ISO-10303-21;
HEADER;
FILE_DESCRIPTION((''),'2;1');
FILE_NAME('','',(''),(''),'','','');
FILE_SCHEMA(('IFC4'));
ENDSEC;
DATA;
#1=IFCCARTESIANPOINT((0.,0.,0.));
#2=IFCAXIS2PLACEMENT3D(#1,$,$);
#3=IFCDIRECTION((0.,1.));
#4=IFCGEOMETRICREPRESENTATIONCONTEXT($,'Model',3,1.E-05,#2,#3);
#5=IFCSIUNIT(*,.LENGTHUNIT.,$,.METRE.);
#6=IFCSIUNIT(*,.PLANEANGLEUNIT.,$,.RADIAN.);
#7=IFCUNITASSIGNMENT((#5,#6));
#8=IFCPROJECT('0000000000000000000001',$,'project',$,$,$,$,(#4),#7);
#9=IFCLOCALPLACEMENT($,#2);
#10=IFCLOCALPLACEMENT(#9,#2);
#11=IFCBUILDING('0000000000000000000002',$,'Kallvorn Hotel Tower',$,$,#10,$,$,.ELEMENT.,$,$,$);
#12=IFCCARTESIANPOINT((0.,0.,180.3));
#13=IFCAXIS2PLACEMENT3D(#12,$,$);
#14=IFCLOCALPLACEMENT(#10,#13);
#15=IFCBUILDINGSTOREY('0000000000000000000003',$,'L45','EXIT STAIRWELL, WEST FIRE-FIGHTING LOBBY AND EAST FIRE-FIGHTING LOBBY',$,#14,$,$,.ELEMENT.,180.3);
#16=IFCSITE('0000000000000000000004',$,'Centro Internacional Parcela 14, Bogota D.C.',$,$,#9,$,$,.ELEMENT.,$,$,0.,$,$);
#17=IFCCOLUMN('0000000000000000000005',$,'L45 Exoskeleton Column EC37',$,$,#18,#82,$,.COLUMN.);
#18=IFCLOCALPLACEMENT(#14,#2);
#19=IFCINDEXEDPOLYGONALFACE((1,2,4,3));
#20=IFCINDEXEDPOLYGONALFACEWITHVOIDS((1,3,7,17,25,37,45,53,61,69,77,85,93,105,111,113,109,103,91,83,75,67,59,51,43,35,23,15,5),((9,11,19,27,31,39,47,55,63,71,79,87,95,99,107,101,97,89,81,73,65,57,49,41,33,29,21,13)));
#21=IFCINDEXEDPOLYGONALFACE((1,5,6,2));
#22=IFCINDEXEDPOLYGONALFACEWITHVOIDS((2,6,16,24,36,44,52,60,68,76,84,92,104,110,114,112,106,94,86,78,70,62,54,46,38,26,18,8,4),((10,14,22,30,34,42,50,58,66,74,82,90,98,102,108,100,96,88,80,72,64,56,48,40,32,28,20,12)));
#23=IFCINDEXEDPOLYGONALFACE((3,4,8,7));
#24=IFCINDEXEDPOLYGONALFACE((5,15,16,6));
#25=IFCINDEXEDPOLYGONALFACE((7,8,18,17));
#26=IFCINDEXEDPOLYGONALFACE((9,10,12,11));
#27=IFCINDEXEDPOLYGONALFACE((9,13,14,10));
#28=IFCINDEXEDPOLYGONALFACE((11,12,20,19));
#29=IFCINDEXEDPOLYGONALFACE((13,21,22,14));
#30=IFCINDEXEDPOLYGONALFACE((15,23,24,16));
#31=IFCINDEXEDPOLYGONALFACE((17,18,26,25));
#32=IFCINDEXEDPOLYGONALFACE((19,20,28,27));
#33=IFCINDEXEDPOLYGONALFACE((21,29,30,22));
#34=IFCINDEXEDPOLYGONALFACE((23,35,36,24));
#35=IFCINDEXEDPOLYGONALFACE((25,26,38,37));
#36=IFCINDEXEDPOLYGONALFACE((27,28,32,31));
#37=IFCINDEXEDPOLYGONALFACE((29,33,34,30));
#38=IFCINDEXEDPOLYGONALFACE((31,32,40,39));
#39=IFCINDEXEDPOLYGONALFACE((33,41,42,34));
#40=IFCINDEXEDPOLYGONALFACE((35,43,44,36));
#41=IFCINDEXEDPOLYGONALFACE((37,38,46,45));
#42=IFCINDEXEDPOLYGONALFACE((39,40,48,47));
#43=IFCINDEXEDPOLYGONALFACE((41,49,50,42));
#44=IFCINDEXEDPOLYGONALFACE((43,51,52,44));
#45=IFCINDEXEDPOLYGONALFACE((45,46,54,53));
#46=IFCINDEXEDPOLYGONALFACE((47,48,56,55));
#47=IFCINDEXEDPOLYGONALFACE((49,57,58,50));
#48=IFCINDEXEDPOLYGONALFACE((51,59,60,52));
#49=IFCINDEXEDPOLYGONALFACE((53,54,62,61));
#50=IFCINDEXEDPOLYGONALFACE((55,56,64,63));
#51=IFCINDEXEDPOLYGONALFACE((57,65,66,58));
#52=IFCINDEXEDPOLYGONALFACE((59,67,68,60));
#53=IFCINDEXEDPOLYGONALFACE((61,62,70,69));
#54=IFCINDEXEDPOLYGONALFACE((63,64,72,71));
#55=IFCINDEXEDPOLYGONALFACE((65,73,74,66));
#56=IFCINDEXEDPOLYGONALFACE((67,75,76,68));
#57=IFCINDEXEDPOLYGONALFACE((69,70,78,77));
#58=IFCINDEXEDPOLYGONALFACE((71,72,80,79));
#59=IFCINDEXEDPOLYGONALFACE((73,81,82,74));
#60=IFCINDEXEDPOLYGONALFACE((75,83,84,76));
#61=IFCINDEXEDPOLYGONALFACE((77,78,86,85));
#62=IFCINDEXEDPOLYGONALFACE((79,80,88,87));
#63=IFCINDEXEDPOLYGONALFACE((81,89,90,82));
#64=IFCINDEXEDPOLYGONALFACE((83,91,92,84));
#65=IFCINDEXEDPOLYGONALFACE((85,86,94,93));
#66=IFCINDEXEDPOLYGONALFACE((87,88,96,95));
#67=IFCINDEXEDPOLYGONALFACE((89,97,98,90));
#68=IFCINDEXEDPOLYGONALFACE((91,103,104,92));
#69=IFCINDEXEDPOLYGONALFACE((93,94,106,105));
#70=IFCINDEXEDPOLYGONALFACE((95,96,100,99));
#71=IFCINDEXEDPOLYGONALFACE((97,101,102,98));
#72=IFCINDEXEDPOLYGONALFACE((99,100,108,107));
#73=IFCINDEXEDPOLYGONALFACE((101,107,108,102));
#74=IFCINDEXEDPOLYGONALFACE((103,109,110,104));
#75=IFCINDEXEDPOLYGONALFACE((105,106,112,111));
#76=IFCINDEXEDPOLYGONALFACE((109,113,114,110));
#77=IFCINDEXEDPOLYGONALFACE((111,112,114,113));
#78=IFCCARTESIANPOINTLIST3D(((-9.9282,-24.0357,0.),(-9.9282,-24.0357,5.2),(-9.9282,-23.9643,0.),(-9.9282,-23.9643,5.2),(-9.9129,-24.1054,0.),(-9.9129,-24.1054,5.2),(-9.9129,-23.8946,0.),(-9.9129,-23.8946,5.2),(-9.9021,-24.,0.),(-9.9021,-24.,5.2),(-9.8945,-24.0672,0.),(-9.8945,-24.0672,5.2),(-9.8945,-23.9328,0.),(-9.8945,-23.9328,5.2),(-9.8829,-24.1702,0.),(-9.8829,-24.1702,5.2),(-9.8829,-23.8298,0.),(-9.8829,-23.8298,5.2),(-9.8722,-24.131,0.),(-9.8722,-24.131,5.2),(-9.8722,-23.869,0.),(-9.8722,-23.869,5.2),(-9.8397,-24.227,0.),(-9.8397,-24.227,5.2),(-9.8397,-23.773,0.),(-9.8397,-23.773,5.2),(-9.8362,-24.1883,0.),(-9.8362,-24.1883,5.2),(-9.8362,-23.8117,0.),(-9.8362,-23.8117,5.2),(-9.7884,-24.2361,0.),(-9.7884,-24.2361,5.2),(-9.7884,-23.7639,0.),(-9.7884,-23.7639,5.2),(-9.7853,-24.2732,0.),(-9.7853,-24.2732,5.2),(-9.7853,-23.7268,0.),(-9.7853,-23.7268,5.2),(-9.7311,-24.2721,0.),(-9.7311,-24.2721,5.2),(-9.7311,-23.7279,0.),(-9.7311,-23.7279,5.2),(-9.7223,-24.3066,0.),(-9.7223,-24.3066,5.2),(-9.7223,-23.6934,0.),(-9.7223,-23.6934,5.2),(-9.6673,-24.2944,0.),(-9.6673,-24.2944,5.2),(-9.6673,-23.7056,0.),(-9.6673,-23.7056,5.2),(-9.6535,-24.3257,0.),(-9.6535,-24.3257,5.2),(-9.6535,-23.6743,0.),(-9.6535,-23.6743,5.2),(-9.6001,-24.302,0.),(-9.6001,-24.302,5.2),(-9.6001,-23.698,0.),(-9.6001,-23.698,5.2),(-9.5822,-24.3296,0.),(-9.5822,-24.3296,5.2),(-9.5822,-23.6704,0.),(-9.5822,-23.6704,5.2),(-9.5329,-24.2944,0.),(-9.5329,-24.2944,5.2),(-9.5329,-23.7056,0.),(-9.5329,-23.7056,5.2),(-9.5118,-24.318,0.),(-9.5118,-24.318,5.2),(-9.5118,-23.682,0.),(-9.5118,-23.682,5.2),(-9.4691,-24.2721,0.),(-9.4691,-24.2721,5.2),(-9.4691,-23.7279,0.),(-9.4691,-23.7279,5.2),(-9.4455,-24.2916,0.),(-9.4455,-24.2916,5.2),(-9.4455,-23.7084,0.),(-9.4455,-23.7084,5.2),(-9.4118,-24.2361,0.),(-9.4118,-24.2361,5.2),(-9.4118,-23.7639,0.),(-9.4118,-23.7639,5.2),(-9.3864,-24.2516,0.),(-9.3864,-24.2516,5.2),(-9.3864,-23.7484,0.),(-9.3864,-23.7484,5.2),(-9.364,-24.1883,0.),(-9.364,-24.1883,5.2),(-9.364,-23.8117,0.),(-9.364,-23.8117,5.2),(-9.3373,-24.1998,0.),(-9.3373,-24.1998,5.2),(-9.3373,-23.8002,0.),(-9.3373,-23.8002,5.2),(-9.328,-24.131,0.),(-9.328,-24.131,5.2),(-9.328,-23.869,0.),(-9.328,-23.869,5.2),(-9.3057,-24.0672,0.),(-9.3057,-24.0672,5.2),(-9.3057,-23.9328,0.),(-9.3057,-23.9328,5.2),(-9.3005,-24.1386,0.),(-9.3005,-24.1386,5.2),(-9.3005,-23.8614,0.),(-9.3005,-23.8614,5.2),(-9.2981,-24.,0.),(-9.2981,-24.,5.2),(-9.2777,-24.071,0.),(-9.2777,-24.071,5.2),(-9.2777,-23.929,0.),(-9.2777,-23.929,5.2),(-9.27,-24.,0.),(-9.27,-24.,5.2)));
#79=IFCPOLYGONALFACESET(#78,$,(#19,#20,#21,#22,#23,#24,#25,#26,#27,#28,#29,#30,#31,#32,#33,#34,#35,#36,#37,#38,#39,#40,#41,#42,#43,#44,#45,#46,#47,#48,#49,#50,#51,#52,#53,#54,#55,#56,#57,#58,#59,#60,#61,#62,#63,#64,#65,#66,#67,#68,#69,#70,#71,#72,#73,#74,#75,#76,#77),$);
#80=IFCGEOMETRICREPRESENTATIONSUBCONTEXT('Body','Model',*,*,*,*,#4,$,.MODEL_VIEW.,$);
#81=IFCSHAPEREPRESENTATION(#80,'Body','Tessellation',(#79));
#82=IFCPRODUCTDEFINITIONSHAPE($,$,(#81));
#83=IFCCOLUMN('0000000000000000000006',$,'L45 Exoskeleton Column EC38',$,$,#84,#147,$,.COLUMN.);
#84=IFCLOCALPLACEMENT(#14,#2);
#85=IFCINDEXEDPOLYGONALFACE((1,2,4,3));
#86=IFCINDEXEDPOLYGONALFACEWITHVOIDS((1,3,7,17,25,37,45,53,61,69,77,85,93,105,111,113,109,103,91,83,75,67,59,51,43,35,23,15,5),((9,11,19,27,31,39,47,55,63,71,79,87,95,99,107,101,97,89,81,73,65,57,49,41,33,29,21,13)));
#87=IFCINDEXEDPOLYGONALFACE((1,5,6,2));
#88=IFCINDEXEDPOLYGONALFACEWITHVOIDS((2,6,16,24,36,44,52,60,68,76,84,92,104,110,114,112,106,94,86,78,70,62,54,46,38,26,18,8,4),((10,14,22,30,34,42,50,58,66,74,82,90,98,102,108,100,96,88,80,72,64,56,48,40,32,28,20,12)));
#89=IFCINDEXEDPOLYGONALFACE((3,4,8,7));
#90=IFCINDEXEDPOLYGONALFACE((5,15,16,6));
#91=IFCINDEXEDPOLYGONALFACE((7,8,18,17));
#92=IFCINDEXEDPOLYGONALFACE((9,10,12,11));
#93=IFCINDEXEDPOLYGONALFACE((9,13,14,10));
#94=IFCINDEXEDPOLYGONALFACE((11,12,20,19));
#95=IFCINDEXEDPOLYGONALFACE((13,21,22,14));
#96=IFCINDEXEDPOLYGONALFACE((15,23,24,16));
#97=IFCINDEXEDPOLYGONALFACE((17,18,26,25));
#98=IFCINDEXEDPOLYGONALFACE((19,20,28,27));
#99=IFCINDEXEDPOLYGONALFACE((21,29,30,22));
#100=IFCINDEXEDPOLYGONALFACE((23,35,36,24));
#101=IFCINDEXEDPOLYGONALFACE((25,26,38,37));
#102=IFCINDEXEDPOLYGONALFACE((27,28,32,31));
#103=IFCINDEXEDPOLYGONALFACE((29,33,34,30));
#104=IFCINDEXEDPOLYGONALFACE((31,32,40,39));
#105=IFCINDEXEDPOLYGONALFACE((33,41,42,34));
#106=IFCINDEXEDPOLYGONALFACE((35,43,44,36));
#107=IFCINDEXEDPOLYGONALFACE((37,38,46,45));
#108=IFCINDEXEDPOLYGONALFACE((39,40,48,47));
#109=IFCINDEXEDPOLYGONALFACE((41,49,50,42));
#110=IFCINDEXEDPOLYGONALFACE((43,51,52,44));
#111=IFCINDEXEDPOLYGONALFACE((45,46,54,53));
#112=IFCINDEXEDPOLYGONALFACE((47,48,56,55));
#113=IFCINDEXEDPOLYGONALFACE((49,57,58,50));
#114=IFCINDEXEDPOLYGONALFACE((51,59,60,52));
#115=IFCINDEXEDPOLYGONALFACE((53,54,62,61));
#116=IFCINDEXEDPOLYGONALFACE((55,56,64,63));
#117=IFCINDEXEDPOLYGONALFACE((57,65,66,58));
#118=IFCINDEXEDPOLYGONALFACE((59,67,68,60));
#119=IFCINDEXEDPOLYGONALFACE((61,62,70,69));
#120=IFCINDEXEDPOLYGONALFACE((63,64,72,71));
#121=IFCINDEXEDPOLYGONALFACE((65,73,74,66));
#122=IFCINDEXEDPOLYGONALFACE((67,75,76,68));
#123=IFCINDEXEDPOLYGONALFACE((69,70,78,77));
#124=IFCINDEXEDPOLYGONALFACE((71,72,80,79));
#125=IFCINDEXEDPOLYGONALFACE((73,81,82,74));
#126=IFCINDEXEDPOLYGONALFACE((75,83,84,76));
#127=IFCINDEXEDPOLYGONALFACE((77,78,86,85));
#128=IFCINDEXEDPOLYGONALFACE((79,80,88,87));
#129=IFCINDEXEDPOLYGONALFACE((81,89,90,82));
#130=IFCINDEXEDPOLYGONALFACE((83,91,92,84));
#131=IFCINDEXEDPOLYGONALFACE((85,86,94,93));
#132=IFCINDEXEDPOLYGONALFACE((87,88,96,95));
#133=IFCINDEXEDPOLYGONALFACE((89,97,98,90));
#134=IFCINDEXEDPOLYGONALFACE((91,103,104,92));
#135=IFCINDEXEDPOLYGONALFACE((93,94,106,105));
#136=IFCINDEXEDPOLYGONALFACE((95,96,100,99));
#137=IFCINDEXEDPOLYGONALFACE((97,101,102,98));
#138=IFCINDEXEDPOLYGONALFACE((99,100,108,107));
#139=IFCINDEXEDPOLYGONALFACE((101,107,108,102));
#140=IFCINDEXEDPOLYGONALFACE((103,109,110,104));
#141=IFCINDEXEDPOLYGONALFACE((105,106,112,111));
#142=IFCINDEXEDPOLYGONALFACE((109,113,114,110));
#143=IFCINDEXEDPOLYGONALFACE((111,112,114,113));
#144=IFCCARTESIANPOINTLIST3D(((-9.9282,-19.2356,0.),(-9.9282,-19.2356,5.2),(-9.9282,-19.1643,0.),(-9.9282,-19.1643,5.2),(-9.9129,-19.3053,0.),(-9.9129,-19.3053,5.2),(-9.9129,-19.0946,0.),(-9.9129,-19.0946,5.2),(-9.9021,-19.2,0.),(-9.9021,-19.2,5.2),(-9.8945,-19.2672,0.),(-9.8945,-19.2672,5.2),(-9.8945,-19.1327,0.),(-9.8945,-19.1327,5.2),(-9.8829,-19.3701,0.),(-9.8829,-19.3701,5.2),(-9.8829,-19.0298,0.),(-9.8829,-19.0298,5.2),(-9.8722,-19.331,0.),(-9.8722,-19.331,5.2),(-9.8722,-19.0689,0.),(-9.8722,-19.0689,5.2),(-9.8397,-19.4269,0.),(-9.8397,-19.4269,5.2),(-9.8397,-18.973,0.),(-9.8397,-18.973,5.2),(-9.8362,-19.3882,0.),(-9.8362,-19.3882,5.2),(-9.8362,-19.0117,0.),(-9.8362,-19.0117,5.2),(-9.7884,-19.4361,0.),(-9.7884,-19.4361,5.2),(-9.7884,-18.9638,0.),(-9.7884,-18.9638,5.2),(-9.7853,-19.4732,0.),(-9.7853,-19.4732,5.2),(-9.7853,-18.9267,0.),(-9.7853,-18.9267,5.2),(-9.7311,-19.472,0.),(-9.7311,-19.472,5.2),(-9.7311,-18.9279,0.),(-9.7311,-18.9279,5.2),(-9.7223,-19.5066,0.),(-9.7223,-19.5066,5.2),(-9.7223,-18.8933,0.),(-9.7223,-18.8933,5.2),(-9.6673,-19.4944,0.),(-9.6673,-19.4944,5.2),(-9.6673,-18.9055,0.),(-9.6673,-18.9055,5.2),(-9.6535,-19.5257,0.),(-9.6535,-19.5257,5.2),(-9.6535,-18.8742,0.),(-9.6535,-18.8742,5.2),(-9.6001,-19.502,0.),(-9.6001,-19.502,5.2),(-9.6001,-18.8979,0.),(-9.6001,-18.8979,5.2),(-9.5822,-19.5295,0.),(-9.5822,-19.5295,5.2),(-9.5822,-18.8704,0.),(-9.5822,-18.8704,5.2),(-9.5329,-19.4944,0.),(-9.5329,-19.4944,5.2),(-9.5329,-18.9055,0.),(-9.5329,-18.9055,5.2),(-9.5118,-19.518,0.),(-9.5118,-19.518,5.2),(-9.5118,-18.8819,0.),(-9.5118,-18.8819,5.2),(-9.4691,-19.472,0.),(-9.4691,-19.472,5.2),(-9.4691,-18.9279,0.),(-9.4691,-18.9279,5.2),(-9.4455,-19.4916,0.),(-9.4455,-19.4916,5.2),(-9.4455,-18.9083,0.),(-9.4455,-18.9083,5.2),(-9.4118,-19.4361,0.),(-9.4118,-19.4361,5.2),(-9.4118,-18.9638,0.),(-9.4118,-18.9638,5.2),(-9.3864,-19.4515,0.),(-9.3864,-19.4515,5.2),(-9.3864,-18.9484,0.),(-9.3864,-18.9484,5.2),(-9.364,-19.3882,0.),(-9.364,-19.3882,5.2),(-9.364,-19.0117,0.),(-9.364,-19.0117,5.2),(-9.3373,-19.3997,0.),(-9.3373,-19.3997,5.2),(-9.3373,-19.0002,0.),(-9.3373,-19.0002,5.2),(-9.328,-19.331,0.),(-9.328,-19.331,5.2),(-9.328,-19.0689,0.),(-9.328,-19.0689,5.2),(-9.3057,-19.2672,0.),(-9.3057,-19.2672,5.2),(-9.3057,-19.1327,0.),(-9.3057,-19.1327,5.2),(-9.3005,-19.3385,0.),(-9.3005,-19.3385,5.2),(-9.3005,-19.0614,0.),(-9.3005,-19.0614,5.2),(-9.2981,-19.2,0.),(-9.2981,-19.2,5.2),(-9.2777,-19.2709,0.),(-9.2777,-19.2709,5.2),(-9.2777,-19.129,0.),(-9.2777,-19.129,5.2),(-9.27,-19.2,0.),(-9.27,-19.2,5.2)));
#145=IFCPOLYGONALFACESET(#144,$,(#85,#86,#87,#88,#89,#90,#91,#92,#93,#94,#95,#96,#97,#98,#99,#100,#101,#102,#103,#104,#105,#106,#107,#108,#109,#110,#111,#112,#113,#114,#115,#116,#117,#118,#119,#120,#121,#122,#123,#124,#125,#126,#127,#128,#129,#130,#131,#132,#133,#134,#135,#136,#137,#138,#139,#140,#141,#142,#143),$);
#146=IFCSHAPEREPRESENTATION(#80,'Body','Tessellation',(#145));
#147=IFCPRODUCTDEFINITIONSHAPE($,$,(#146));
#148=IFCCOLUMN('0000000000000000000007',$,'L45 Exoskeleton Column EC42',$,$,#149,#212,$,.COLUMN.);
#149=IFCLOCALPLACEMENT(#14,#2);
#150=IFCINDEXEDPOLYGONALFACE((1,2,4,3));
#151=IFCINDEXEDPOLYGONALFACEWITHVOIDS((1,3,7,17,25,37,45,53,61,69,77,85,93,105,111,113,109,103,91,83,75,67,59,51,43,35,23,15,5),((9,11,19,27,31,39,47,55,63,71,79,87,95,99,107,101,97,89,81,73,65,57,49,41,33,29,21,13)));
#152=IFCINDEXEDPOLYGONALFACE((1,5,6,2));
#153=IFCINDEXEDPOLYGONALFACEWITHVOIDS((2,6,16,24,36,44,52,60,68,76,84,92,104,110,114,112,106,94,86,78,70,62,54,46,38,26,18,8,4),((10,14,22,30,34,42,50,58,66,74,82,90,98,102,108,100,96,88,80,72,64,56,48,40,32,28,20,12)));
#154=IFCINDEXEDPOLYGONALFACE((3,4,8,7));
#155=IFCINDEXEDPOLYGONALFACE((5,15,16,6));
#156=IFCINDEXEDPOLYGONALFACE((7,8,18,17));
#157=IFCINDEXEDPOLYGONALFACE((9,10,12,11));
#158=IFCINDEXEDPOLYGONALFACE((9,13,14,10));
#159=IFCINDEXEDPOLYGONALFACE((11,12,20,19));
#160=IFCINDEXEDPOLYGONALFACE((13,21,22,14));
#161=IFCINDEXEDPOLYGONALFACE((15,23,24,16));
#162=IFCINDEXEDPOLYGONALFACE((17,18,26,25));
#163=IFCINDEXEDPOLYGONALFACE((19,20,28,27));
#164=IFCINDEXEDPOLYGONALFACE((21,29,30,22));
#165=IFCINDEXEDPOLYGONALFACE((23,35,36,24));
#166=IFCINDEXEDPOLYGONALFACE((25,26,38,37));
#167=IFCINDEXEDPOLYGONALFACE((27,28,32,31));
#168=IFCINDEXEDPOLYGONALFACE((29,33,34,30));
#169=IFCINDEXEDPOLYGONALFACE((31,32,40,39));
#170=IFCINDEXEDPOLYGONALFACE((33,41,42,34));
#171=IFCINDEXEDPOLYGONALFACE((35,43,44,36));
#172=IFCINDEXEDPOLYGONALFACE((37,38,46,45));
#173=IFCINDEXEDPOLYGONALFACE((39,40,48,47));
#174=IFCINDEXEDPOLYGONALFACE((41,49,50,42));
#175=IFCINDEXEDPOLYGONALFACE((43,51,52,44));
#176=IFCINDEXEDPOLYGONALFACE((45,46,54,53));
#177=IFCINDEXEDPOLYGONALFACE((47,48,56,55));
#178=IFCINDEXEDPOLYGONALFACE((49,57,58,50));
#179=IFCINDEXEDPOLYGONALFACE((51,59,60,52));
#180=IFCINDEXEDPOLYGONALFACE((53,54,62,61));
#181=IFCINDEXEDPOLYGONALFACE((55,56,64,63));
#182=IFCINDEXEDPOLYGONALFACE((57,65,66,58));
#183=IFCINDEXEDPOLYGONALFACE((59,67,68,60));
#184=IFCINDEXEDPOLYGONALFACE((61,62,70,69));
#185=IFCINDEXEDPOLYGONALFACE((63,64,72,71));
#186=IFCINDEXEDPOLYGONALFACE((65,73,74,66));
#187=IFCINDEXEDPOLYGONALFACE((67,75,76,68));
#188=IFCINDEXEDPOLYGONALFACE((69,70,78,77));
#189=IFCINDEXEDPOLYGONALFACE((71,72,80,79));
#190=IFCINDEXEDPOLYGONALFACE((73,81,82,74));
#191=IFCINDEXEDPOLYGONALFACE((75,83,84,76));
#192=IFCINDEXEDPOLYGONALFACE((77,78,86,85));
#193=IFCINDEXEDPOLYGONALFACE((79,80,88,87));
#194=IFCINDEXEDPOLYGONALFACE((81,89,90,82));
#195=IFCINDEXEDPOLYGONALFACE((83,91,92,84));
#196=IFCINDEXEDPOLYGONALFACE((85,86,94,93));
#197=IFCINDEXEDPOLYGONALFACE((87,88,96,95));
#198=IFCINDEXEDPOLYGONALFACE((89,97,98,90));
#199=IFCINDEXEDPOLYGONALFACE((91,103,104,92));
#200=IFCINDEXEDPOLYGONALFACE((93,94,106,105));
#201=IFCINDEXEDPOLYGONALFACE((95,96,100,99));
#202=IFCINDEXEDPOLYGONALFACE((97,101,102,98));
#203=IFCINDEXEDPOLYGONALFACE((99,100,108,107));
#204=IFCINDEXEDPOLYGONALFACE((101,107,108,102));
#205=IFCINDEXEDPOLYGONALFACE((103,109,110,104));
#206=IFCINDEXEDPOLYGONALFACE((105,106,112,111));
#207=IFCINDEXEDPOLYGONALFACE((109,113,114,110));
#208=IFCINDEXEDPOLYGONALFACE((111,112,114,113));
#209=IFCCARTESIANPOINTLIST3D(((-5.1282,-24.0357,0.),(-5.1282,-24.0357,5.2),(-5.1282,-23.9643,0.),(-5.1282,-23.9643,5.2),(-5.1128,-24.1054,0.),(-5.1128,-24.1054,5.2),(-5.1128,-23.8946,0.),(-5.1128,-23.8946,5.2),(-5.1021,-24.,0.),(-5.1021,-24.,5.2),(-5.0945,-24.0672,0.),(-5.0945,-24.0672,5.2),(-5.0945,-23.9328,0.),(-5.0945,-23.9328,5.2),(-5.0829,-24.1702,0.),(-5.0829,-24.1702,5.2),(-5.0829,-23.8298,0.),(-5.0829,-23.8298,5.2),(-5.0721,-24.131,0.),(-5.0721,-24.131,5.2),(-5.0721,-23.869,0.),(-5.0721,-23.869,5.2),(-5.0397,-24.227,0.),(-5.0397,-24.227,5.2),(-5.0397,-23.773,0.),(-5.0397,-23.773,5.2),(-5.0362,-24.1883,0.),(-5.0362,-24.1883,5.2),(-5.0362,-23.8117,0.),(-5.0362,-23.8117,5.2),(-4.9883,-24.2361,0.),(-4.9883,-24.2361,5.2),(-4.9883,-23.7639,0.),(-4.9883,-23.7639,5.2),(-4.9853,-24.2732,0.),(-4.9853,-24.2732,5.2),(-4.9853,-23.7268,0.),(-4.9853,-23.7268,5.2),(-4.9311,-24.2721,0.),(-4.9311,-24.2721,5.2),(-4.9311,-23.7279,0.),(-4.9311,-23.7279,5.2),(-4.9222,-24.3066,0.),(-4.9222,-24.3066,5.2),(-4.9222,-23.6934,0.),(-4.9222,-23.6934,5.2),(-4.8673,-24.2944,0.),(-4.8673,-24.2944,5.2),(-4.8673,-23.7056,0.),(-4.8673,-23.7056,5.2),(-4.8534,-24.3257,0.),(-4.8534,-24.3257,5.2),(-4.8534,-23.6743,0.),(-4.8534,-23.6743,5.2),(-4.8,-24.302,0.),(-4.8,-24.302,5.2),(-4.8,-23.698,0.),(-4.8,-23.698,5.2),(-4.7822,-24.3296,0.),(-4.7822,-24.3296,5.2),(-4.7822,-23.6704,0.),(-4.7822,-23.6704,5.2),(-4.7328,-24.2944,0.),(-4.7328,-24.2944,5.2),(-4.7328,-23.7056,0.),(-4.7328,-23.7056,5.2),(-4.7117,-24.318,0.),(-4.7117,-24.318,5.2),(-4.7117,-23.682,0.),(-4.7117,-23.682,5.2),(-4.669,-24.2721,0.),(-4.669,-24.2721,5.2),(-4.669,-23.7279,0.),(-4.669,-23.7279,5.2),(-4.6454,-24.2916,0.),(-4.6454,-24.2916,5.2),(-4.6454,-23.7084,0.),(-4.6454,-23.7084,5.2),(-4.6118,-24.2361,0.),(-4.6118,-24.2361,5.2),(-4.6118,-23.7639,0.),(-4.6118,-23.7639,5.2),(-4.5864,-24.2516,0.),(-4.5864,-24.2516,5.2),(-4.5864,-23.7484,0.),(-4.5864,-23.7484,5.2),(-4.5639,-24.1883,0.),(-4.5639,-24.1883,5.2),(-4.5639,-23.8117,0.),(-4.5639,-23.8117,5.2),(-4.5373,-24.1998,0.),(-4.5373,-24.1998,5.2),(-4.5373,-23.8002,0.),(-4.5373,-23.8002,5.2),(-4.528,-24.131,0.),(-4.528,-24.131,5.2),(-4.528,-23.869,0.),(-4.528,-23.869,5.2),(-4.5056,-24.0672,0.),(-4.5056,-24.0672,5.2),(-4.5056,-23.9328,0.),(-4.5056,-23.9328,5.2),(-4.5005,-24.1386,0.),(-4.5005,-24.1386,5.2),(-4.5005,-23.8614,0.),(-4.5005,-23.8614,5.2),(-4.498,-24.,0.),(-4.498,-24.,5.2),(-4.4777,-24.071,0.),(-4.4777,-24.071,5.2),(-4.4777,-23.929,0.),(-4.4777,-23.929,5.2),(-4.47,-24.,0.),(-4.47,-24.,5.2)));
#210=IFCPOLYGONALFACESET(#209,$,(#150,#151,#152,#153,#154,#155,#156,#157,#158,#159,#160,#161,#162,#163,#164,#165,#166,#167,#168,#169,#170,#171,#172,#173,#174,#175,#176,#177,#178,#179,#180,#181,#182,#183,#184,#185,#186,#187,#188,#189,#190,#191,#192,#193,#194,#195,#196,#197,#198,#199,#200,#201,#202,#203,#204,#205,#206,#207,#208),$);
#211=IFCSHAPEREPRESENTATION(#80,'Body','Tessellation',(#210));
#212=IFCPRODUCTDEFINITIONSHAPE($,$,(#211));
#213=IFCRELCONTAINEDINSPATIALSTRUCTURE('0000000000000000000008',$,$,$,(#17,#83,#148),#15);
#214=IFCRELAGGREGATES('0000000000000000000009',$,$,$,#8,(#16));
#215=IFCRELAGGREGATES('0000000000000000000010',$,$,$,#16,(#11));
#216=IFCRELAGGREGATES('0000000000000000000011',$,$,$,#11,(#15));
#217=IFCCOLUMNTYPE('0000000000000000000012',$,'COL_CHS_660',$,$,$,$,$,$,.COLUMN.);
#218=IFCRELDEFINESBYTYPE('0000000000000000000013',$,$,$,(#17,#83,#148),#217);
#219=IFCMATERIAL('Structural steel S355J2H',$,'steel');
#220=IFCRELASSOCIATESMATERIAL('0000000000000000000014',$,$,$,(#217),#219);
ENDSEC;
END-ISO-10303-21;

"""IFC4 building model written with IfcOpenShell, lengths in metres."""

from ifc_helpers import new_model, si_unit, direction, frame, origin, origin_2d, place, context, subcontext, project, spatial, hollow_circle, extrude, material, material_profile, profile_set, type_object, element, save


model = new_model("IFC4")

# Units and contexts
model_context = context("Model", 3, precision=1e-05, world=origin(), true_north=direction((0.0, 1.0)))
body_context = subcontext(model_context, "Body", "Model", "MODEL_VIEW")
ifc_project = project(units=[si_unit("LENGTHUNIT", "METRE"), si_unit("PLANEANGLEUNIT", "RADIAN")], contexts=[model_context])

# Site, building, storey
site_placement = place(None, origin())
site = spatial("IfcSite", under=ifc_project, at=site_placement, Name="Centro Internacional Parcela 14, Bogota D.C.", CompositionType="ELEMENT", RefElevation=0.0)
building_placement = place(site_placement, origin())
building = spatial("IfcBuilding", under=site, at=building_placement, Name="Kallvorn Hotel Tower", CompositionType="ELEMENT")
storey_placement = place(building_placement, frame((0.0, 0.0, 180.3)))
storey = spatial("IfcBuildingStorey", under=building, at=storey_placement, Name="L45", Description="EXIT STAIRWELL, WEST FIRE-FIGHTING LOBBY AND EAST FIRE-FIGHTING LOBBY", CompositionType="ELEMENT", Elevation=180.3)

# Columns
ifc_material_1 = material(Name="Structural steel S355J2H", Category="steel")
ifc_material_profile_1 = material_profile(ifc_material_1, hollow_circle(Radius=0.3301, WallThickness=0.0281, at=origin_2d()), Name="CHS 660x28")
ifc_profile_set_1 = profile_set([ifc_material_profile_1], Name="Structural steel S355J2H")
column_type_1 = type_object("IfcColumnType", Name="COL_CHS_660", PredefinedType="COLUMN", material=ifc_profile_set_1)
for number, where, z_axis, x_axis, name in (
    (1, (-9.6001, -24.0, 0.0), (0.0, 0.0, 1.0), (1.0, 0.0, 0.0), "L45 Exoskeleton Column EC37"),
    (2, (-9.6001, -19.2, 0.0), (0.0, 0.0, 1.0), (1.0, 0.0, 0.0), "L45 Exoskeleton Column EC38"),
    (3, (-4.8, -24.0, 0.0), (0.0, 0.0, 1.0), (1.0, 0.0, 0.0), "L45 Exoskeleton Column EC42"),
):
    element("IfcColumn", number, at=place(storey_placement, frame(where, z_axis=z_axis, x_axis=x_axis)), inside=storey, type_object=column_type_1, Name=name, PredefinedType="COLUMN", context=body_context, shape_type="SweptSolid", body=[
        extrude(hollow_circle(Radius=0.3301, WallThickness=0.0281, at=origin_2d()), origin(), (0.0, 0.0, 1.0), 5.2),
    ])

save(model, "model.ifc")
